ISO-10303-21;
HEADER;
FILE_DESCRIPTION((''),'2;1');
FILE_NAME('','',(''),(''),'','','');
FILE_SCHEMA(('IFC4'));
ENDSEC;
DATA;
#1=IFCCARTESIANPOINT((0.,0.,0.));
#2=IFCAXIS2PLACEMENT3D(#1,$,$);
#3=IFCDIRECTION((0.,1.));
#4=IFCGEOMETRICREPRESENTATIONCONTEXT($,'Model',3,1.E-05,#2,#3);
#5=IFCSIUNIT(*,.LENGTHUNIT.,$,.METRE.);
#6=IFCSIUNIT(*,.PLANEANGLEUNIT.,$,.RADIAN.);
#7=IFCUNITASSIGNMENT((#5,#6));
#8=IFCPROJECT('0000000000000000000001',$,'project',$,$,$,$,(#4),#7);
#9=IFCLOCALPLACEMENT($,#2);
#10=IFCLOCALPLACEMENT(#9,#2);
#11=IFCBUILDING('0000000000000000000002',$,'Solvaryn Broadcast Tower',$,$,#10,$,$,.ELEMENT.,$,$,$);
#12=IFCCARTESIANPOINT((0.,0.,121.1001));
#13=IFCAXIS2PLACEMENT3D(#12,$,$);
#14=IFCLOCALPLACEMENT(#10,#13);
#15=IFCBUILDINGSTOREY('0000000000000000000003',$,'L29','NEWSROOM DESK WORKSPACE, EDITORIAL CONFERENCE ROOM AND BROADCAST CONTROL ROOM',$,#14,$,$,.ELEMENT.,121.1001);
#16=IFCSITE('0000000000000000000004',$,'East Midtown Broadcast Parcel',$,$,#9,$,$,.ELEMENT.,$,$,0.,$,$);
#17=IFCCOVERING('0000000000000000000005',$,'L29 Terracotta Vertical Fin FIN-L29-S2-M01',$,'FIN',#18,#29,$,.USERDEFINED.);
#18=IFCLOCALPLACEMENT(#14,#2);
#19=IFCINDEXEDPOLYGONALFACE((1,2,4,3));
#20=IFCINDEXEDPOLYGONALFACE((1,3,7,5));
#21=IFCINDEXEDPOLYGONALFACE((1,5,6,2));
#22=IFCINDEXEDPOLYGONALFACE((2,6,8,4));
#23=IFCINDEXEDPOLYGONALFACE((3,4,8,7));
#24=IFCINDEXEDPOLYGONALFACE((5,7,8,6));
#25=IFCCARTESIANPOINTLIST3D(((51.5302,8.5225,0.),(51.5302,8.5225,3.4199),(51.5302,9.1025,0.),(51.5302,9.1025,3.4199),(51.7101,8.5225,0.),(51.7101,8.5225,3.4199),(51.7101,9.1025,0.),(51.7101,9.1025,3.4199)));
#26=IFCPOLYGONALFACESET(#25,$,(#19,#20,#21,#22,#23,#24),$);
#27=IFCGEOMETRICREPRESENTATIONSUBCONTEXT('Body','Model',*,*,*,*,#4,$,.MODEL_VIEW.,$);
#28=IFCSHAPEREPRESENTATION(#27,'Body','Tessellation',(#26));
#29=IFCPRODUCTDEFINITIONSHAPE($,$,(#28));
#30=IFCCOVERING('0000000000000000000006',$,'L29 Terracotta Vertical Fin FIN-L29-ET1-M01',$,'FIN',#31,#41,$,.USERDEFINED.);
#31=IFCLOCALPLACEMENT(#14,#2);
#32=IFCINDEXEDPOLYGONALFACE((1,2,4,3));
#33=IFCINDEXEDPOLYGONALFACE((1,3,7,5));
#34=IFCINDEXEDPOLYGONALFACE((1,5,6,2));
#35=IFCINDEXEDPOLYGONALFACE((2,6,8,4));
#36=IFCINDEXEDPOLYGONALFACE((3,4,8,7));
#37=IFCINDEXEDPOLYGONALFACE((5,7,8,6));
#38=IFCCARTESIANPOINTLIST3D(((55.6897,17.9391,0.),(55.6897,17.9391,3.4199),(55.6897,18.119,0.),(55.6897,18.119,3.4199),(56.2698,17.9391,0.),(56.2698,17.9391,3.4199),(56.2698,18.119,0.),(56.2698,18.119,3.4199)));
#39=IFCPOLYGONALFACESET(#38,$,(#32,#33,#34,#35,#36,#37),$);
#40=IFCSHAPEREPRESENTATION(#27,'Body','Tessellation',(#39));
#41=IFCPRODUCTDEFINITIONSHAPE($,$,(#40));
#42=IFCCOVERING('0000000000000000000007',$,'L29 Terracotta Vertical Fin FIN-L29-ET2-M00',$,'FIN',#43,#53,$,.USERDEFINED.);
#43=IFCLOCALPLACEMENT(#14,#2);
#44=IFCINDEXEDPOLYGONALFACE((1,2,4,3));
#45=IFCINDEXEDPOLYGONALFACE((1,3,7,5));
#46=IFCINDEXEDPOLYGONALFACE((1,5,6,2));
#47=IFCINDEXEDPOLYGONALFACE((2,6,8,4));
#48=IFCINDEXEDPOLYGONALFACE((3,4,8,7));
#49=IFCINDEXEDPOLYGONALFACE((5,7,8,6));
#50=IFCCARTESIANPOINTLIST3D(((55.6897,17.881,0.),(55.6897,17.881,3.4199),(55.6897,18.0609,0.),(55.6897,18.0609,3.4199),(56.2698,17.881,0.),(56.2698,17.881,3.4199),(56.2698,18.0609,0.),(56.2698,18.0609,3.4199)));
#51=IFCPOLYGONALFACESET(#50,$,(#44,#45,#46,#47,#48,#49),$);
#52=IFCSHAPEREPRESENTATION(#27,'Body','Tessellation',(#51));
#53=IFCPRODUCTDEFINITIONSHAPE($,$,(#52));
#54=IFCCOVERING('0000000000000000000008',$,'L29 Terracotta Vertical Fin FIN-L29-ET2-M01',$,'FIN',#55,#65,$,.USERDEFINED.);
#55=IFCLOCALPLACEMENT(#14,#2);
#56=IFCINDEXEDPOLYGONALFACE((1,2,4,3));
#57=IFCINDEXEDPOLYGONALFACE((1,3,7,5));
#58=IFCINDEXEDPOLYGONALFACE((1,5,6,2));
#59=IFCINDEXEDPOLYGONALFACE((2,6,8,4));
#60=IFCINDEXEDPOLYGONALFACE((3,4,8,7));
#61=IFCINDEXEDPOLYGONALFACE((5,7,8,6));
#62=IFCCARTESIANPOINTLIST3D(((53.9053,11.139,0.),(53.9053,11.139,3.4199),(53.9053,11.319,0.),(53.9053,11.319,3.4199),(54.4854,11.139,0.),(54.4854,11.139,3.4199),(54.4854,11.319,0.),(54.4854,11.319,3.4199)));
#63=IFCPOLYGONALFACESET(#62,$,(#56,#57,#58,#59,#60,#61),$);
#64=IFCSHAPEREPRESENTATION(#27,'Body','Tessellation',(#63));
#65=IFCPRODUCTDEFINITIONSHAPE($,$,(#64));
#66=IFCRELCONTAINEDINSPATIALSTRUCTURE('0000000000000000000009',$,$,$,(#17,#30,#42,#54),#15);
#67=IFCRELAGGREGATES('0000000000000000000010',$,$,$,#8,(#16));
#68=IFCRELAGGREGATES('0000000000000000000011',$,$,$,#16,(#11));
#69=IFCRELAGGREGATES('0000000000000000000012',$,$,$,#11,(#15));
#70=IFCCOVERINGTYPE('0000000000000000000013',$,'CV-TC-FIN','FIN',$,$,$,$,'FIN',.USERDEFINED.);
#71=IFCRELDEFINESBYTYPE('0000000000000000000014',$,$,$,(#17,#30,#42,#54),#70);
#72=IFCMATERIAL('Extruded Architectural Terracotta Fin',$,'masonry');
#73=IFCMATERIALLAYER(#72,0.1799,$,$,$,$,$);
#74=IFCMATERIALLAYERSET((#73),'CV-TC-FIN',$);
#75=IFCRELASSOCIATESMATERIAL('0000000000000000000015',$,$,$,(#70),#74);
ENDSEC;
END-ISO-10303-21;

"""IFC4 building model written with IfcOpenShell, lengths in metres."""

from ifc_helpers import new_model, si_unit, direction, frame, origin, origin_2d, place, context, subcontext, project, spatial, rectangle, extrude, material, layer, layer_set, type_object, element, save


model = new_model("IFC4")

# Units and contexts
model_context = context("Model", 3, precision=1e-05, world=origin(), true_north=direction((0.0, 1.0)))
body_context = subcontext(model_context, "Body", "Model", "MODEL_VIEW")
ifc_project = project(units=[si_unit("LENGTHUNIT", "METRE"), si_unit("PLANEANGLEUNIT", "RADIAN")], contexts=[model_context])

# Site, building, storey
site_placement = place(None, origin())
site = spatial("IfcSite", under=ifc_project, at=site_placement, Name="East Midtown Broadcast Parcel", CompositionType="ELEMENT", RefElevation=0.0)
building_placement = place(site_placement, origin())
building = spatial("IfcBuilding", under=site, at=building_placement, Name="Solvaryn Broadcast Tower", CompositionType="ELEMENT")
storey_placement = place(building_placement, frame((0.0, 0.0, 121.1001)))
storey = spatial("IfcBuildingStorey", under=building, at=storey_placement, Name="L29", Description="NEWSROOM DESK WORKSPACE, EDITORIAL CONFERENCE ROOM AND BROADCAST CONTROL ROOM", CompositionType="ELEMENT", Elevation=121.1001)

# Coverings
ifc_material_1 = material(Name="Extruded Architectural Terracotta Fin", Category="masonry")
ifc_layer_1 = layer(ifc_material_1, 0.1799)
ifc_layer_set_1 = layer_set([ifc_layer_1], Name="CV-TC-FIN")
covering_type_1 = type_object("IfcCoveringType", Name="CV-TC-FIN", Description="FIN", ElementType="FIN", PredefinedType="USERDEFINED", material=ifc_layer_set_1)
covering_1_placement = place(storey_placement, frame((51.6201, 8.8125, 0.0), z_axis=(0.0, 0.0, 1.0), x_axis=(1.0, 0.0, 0.0)))
element("IfcCovering", 1, at=covering_1_placement, inside=storey, type_object=covering_type_1, Name="L29 Terracotta Vertical Fin FIN-L29-S2-M01", ObjectType="FIN", PredefinedType="USERDEFINED", context=body_context, shape_type="SweptSolid", body=[
    extrude(rectangle(XDim=0.1799, YDim=0.5801, at=origin_2d()), origin(), (0.0, 0.0, 1.0), 3.4199),
])
for number, where, z_axis, x_axis, name in (
    (2, (55.9797, 18.0291, 0.0), (0.0, 0.0, 1.0), (1.0, 0.0, 0.0), "L29 Terracotta Vertical Fin FIN-L29-ET1-M01"),
    (3, (55.9797, 17.9709, 0.0), (0.0, 0.0, 1.0), (1.0, 0.0, 0.0), "L29 Terracotta Vertical Fin FIN-L29-ET2-M00"),
    (4, (54.1953, 11.229, 0.0), (0.0, 0.0, 1.0), (1.0, 0.0, 0.0), "L29 Terracotta Vertical Fin FIN-L29-ET2-M01"),
):
    element("IfcCovering", number, at=place(storey_placement, frame(where, z_axis=z_axis, x_axis=x_axis)), inside=storey, type_object=covering_type_1, Name=name, ObjectType="FIN", PredefinedType="USERDEFINED", context=body_context, shape_type="SweptSolid", body=[
        extrude(rectangle(XDim=0.5801, YDim=0.1799, at=origin_2d()), origin(), (0.0, 0.0, 1.0), 3.4199),
    ])

save(model, "model.ifc")
